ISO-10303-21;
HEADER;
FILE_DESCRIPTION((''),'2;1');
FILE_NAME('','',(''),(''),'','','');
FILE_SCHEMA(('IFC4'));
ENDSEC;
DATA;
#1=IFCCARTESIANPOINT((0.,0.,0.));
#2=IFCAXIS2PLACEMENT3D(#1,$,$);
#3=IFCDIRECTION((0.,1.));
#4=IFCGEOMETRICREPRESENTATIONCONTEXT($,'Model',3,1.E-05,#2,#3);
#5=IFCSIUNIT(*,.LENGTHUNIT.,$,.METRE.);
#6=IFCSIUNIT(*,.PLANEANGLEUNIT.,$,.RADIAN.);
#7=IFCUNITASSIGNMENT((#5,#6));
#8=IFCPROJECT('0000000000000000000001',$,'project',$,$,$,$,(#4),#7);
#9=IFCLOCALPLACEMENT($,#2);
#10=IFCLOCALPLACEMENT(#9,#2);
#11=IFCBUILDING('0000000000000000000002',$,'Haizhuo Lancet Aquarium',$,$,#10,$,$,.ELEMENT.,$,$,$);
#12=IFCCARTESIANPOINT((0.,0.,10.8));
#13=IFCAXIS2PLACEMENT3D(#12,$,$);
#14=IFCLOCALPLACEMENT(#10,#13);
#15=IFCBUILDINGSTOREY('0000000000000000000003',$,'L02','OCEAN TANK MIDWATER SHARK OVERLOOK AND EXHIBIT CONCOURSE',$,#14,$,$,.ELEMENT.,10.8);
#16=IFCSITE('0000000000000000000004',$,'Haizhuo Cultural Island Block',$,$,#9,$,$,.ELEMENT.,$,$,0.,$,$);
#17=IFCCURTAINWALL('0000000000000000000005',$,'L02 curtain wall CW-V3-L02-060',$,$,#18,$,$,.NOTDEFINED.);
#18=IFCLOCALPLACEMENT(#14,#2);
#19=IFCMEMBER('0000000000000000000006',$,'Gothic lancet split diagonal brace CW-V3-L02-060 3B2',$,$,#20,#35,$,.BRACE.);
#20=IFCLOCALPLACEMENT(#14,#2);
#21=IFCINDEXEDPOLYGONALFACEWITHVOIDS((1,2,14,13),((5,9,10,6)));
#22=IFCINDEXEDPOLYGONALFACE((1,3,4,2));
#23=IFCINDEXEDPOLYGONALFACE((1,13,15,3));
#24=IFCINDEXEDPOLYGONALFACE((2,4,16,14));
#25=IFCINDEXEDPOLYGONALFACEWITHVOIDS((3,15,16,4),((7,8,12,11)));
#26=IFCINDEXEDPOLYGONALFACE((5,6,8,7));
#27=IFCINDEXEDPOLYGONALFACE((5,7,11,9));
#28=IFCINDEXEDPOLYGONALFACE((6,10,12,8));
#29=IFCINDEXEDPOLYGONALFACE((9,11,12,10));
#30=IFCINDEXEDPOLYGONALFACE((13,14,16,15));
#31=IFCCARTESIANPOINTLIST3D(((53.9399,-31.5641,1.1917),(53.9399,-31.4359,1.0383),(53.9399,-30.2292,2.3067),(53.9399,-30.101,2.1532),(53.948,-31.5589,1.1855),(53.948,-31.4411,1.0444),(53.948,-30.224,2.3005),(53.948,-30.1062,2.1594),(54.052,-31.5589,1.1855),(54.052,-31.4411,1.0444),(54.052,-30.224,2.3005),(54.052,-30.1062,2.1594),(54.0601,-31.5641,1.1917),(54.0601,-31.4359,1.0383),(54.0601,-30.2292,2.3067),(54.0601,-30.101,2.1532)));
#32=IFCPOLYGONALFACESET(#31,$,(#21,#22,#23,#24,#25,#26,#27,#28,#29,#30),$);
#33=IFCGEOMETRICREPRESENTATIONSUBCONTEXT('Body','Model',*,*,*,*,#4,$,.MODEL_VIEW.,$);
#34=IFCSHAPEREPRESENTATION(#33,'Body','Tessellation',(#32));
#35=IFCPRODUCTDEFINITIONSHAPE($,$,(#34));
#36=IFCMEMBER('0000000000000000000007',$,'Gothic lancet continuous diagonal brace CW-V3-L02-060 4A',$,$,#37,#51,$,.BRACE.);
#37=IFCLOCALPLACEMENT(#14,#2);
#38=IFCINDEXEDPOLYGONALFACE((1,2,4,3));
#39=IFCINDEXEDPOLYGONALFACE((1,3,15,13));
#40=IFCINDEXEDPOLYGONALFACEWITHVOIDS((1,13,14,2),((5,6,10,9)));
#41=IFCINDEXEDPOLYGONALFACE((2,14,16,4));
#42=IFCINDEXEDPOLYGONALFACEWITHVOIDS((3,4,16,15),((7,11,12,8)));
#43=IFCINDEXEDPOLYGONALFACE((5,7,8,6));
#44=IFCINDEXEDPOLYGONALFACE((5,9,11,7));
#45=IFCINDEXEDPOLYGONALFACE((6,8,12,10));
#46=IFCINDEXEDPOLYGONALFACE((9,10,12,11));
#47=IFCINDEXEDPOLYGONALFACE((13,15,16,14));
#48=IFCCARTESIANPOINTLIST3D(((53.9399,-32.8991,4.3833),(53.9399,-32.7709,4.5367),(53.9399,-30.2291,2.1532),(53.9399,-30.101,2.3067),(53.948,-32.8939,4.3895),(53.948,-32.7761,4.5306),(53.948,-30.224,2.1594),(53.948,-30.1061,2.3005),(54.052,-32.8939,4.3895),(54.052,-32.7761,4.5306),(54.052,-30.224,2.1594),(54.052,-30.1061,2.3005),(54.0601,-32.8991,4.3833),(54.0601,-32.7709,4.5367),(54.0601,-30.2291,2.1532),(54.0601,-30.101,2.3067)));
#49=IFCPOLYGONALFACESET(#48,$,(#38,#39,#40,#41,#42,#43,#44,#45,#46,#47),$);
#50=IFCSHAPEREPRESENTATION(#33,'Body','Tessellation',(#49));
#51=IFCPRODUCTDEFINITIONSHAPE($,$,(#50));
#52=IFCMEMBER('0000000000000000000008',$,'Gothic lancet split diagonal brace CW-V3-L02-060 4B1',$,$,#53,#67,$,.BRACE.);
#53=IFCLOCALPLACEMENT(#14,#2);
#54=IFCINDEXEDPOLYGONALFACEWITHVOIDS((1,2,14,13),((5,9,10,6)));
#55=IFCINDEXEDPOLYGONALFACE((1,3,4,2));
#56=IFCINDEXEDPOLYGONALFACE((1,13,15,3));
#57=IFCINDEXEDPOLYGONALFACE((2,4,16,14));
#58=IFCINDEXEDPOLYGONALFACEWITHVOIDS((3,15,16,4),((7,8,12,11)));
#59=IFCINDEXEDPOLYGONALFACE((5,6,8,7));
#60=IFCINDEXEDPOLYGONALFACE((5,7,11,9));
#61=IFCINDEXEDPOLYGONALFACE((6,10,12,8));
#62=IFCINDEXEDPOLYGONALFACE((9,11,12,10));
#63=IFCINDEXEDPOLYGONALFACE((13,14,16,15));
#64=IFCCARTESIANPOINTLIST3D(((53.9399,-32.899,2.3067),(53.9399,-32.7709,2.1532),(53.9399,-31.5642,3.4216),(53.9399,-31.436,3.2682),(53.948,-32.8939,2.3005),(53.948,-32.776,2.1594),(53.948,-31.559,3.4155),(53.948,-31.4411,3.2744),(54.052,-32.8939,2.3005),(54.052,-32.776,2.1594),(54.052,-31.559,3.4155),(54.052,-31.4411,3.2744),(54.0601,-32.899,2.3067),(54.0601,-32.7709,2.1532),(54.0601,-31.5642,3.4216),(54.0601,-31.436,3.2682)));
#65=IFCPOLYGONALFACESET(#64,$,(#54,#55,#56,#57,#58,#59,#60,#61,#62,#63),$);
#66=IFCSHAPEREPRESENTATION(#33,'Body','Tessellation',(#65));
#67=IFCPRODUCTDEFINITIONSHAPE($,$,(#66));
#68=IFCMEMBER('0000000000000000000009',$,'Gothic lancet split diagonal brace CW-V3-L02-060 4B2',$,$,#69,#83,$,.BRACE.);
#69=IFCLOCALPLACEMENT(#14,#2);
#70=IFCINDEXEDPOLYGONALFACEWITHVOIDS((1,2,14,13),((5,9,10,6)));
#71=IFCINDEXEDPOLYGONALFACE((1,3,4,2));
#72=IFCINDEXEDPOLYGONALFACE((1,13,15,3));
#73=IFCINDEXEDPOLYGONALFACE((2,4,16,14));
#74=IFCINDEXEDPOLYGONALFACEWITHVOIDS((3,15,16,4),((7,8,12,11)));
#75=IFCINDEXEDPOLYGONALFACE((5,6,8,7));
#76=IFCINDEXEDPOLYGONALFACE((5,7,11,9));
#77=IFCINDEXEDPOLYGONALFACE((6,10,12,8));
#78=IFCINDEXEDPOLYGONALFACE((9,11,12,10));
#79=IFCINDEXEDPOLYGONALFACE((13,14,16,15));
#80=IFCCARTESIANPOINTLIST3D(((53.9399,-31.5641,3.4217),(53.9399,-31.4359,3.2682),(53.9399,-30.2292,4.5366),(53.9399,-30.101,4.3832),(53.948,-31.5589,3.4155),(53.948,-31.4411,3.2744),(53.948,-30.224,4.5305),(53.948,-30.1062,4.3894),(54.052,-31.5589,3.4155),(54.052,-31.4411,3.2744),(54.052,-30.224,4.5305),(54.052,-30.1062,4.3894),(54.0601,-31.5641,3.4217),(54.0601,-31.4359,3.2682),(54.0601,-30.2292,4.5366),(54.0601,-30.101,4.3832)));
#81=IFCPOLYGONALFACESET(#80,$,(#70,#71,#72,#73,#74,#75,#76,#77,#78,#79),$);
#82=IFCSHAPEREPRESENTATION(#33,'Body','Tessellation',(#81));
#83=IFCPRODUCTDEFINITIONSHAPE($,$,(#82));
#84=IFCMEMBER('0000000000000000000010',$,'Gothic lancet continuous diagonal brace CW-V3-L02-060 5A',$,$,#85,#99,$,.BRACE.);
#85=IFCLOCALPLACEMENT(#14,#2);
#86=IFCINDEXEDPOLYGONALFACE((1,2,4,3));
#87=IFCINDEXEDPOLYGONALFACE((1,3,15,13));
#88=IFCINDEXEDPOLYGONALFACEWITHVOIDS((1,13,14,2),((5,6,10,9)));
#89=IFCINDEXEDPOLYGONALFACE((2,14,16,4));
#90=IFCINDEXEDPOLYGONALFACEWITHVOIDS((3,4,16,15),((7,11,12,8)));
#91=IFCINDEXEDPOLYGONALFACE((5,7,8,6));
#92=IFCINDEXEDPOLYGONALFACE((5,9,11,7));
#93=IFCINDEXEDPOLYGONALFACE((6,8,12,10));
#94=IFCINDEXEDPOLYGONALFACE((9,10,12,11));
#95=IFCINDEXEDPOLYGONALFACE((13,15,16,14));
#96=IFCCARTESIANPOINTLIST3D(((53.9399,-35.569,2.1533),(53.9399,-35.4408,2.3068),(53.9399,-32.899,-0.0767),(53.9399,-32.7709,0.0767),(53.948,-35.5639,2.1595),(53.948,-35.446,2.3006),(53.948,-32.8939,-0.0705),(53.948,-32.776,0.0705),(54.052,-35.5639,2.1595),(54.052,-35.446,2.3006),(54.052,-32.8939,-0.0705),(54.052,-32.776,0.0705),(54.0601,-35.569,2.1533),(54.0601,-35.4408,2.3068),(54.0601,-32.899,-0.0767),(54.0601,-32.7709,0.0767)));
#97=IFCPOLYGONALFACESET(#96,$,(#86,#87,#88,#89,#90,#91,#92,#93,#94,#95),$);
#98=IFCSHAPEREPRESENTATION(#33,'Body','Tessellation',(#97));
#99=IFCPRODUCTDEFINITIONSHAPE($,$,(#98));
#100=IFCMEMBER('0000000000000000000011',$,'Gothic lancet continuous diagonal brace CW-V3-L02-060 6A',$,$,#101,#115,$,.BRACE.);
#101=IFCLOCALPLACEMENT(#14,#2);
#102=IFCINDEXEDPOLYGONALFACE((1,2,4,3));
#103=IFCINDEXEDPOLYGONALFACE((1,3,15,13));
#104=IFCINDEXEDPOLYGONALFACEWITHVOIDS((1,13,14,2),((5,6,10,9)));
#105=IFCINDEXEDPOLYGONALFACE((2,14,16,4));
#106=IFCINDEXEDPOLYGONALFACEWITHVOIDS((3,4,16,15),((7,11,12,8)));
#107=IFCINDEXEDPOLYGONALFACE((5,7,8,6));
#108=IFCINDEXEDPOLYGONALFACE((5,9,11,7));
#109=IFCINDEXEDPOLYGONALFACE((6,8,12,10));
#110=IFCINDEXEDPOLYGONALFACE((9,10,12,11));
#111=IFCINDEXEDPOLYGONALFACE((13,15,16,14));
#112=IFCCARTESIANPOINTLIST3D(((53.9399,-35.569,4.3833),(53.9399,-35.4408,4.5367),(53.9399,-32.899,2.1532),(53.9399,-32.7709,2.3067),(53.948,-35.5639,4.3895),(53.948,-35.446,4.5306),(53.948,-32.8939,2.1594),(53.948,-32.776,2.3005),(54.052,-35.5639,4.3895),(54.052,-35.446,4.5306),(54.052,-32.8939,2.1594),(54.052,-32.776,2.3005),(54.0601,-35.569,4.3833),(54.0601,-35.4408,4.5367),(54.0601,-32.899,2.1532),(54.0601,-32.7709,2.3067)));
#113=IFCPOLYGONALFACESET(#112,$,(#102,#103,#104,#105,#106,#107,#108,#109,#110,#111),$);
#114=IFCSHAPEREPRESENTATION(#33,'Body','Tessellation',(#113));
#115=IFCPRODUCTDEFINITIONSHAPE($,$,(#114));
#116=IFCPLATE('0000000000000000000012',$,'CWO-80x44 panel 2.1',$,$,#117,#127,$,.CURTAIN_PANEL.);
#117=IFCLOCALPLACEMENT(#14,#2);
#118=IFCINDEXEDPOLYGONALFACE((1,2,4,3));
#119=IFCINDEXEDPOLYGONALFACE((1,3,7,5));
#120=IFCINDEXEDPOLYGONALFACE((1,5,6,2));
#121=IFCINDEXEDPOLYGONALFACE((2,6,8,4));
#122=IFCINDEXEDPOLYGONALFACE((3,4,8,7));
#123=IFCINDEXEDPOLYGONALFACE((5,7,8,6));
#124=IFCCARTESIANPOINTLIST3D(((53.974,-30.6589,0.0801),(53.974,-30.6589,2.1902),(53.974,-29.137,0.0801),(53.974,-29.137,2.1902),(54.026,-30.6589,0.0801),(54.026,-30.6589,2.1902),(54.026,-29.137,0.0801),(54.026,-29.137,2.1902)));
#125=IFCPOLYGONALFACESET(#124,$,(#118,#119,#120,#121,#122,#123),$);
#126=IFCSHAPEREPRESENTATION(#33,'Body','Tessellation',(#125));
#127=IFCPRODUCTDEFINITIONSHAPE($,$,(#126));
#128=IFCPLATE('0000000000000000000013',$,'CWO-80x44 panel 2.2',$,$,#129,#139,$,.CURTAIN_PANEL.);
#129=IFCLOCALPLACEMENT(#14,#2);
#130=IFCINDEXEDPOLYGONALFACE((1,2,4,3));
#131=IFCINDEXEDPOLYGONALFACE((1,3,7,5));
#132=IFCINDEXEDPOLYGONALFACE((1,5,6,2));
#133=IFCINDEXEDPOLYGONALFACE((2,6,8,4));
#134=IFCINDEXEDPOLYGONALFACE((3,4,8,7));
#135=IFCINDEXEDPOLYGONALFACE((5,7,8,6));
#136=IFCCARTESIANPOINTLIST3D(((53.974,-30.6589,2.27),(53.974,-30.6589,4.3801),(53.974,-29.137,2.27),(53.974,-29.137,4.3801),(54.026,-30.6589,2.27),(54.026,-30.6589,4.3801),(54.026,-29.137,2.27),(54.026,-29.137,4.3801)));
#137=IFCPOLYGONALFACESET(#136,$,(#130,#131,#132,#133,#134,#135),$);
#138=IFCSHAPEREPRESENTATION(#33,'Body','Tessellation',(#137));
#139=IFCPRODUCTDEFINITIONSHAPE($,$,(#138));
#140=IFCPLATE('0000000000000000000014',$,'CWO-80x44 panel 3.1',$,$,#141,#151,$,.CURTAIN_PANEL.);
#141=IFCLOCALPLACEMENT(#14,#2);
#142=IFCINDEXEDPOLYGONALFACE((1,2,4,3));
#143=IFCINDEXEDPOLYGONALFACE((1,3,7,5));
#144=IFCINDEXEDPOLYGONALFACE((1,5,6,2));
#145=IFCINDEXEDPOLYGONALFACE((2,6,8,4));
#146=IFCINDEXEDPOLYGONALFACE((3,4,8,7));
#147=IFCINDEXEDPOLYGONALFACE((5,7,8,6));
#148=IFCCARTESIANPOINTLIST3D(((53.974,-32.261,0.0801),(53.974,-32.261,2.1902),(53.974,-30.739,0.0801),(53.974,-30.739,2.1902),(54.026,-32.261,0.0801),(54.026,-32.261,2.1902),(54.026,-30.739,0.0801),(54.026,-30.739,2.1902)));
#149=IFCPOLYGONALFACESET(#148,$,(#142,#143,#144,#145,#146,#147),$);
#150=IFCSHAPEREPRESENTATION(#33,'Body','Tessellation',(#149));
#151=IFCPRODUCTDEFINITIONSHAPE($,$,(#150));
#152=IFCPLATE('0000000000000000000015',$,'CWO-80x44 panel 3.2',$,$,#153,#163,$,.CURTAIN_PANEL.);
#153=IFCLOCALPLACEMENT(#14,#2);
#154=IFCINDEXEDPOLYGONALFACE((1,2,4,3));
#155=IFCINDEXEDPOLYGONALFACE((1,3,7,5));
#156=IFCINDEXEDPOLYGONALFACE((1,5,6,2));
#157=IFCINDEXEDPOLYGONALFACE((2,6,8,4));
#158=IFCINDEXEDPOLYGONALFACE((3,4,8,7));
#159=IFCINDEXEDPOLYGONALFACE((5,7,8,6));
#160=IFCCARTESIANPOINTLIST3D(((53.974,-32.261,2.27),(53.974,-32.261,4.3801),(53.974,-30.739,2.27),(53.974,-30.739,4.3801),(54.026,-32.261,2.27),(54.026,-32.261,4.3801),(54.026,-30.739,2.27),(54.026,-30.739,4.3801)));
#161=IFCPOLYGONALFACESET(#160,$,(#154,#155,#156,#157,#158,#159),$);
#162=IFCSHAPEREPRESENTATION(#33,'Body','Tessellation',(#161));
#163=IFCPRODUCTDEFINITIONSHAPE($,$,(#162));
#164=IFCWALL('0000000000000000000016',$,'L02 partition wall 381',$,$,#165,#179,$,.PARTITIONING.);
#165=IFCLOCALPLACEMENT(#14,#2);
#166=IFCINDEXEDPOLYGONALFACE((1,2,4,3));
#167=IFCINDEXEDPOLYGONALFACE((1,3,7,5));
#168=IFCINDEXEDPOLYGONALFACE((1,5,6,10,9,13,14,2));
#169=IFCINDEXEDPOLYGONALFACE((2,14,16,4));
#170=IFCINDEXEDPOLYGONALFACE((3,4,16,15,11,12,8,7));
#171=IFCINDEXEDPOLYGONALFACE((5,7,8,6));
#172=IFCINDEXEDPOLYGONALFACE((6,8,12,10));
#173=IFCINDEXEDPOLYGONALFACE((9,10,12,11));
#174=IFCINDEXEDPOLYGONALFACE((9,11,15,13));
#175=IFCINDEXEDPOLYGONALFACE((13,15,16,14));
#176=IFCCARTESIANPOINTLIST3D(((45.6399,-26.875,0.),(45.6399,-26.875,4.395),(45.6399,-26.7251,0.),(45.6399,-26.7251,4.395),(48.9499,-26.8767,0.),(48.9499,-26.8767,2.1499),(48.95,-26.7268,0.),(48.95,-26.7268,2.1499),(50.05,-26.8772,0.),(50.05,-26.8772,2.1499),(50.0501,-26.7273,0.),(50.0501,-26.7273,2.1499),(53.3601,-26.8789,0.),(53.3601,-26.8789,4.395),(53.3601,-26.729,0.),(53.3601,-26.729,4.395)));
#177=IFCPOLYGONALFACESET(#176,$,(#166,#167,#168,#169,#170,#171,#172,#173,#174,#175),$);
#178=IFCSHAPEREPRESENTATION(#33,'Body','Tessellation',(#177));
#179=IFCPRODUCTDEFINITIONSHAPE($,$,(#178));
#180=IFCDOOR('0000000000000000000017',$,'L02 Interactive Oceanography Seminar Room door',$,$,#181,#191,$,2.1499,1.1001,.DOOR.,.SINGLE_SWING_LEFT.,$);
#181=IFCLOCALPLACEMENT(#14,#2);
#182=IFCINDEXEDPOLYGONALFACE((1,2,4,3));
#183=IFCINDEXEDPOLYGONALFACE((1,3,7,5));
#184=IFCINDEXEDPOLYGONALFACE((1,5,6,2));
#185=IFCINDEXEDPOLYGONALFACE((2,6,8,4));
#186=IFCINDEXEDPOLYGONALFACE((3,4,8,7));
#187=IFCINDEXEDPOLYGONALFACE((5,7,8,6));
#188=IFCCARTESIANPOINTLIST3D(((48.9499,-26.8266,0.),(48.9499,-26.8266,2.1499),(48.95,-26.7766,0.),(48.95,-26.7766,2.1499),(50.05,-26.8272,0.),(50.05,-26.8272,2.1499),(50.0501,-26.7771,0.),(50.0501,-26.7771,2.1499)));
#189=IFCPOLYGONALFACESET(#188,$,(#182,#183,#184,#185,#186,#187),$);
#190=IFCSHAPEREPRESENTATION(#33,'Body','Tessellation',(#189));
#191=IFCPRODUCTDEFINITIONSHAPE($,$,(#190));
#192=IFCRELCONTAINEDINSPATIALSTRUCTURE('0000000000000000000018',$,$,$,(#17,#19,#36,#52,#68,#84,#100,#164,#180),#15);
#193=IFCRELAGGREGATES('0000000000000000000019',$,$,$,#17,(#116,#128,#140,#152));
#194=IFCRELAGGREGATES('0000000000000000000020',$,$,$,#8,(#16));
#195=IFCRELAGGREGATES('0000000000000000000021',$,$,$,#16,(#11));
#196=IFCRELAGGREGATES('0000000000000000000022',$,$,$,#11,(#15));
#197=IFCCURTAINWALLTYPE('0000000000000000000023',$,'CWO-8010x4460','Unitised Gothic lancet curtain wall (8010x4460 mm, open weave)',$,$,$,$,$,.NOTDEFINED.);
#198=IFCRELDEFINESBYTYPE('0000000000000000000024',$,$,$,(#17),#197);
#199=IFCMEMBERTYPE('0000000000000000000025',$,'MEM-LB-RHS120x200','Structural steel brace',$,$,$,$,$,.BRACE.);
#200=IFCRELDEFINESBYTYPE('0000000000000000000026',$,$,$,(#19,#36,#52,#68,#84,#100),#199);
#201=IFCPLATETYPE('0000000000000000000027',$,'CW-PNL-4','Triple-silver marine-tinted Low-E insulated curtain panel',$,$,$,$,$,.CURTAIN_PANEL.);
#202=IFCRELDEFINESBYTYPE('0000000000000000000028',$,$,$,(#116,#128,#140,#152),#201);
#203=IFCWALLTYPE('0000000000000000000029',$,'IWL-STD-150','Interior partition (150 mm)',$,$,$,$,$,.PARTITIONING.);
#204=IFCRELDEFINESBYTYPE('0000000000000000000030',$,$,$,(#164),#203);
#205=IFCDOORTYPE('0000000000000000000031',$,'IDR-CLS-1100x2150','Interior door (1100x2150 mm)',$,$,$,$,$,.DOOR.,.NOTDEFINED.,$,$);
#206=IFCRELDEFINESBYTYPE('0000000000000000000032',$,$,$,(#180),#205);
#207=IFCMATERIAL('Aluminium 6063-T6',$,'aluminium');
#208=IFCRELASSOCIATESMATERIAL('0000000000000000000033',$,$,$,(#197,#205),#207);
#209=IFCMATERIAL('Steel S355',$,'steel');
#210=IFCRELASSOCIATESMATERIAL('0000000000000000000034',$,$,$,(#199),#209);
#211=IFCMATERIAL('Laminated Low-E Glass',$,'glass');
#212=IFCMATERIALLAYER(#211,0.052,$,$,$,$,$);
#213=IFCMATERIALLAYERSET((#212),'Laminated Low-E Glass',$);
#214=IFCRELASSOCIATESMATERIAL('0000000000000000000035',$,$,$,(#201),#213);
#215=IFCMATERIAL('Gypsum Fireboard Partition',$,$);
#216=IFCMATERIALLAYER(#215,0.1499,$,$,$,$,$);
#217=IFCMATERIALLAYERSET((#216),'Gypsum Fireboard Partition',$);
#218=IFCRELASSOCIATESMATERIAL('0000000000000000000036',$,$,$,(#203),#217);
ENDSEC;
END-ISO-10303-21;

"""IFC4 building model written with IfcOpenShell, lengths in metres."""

from ifc_helpers import new_model, si_unit, direction, frame, frame_2d, origin, origin_2d, place, context, subcontext, project, spatial, rectangle, hollow_rectangle, extrude, material, layer, layer_set, material_profile, profile_set, type_object, element, fill, aggregate, save


model = new_model("IFC4")

# Units and contexts
model_context = context("Model", 3, precision=1e-05, world=origin(), true_north=direction((0.0, 1.0)))
body_context = subcontext(model_context, "Body", "Model", "MODEL_VIEW")
ifc_project = project(units=[si_unit("LENGTHUNIT", "METRE"), si_unit("PLANEANGLEUNIT", "RADIAN")], contexts=[model_context])

# Site, building, storey
site_placement = place(None, origin())
site = spatial("IfcSite", under=ifc_project, at=site_placement, Name="Haizhuo Cultural Island Block", CompositionType="ELEMENT", RefElevation=0.0)
building_placement = place(site_placement, origin())
building = spatial("IfcBuilding", under=site, at=building_placement, Name="Haizhuo Lancet Aquarium", CompositionType="ELEMENT")
storey_placement = place(building_placement, frame((0.0, 0.0, 10.8)))
storey = spatial("IfcBuildingStorey", under=building, at=storey_placement, Name="L02", Description="OCEAN TANK MIDWATER SHARK OVERLOOK AND EXHIBIT CONCOURSE", CompositionType="ELEMENT", Elevation=10.8)

# Curtain wall
ifc_material_1 = material(Name="Aluminium 6063-T6", Category="aluminium")
curtain_wall_type = type_object("IfcCurtainWallType", Name="CWO-8010x4460", Description="Unitised Gothic lancet curtain wall (8010x4460 mm, open weave)", PredefinedType="NOTDEFINED", material=ifc_material_1)
curtain_wall_placement = place(storey_placement, origin())
curtain_wall = element("IfcCurtainWall", 1, at=curtain_wall_placement, inside=storey, type_object=curtain_wall_type, Name="L02 curtain wall CW-V3-L02-060", PredefinedType="NOTDEFINED")

# Members
ifc_material_2 = material(Name="Steel S355", Category="steel")
ifc_material_profile_1 = material_profile(ifc_material_2, hollow_rectangle(XDim=0.1201, YDim=0.2, WallThickness=0.0081, at=origin_2d()), Name="RHS 120x200x8")
ifc_profile_set_1 = profile_set([ifc_material_profile_1], Name="Steel S355")
member_type_1 = type_object("IfcMemberType", Name="MEM-LB-RHS120x200", Description="Structural steel brace", PredefinedType="BRACE", material=ifc_profile_set_1)
member_1_placement = place(storey_placement, frame((54.0, -31.5, 1.115), z_axis=(0.0, 0.767507, 0.64104), x_axis=(-1.0, 0.0, 0.0)))
element("IfcMember", 2, at=member_1_placement, inside=storey, type_object=member_type_1, Name="Gothic lancet split diagonal brace CW-V3-L02-060 3B2", PredefinedType="BRACE", context=body_context, shape_type="SweptSolid", body=[
    extrude(hollow_rectangle(XDim=0.1201, YDim=0.2, WallThickness=0.0081, at=origin_2d()), origin(), (0.0, 0.0, 1.0), 1.7393),
])
member_2_placement = place(storey_placement, frame((54.0, -30.165, 2.23), z_axis=(0.0, -0.767507, 0.64104), x_axis=(1.0, 0.0, 0.0)))
element("IfcMember", 3, at=member_2_placement, inside=storey, type_object=member_type_1, Name="Gothic lancet continuous diagonal brace CW-V3-L02-060 4A", PredefinedType="BRACE", context=body_context, shape_type="SweptSolid", body=[
    extrude(hollow_rectangle(XDim=0.1201, YDim=0.2, WallThickness=0.0081, at=origin_2d()), origin(), (0.0, 0.0, 1.0), 3.4788),
])
for number, where, z_axis, x_axis, name in (
    (4, (54.0, -32.835, 2.23), (0.0, 0.767507, 0.64104), (-1.0, 0.0, 0.0), "Gothic lancet split diagonal brace CW-V3-L02-060 4B1"),
    (5, (54.0, -31.5, 3.345), (0.0, 0.767507, 0.64104), (-1.0, 0.0, 0.0), "Gothic lancet split diagonal brace CW-V3-L02-060 4B2"),
):
    element("IfcMember", number, at=place(storey_placement, frame(where, z_axis=z_axis, x_axis=x_axis)), inside=storey, type_object=member_type_1, Name=name, PredefinedType="BRACE", context=body_context, shape_type="SweptSolid", body=[
        extrude(hollow_rectangle(XDim=0.1201, YDim=0.2, WallThickness=0.0081, at=origin_2d()), origin(), (0.0, 0.0, 1.0), 1.7393),
    ])
for number, where, z_axis, x_axis, name in (
    (6, (54.0, -32.835, 0.0), (0.0, -0.767507, 0.64104), (1.0, 0.0, 0.0), "Gothic lancet continuous diagonal brace CW-V3-L02-060 5A"),
    (7, (54.0, -32.835, 2.23), (0.0, -0.767507, 0.64104), (1.0, 0.0, 0.0), "Gothic lancet continuous diagonal brace CW-V3-L02-060 6A"),
):
    element("IfcMember", number, at=place(storey_placement, frame(where, z_axis=z_axis, x_axis=x_axis)), inside=storey, type_object=member_type_1, Name=name, PredefinedType="BRACE", context=body_context, shape_type="SweptSolid", body=[
        extrude(hollow_rectangle(XDim=0.1201, YDim=0.2, WallThickness=0.0081, at=origin_2d()), origin(), (0.0, 0.0, 1.0), 3.4788),
    ])

# Plates
ifc_material_3 = material(Name="Laminated Low-E Glass", Category="glass")
ifc_layer_1 = layer(ifc_material_3, 0.052)
ifc_layer_set_1 = layer_set([ifc_layer_1], Name="Laminated Low-E Glass")
plate_type = type_object("IfcPlateType", Name="CW-PNL-4", Description="Triple-silver marine-tinted Low-E insulated curtain panel", PredefinedType="CURTAIN_PANEL", material=ifc_layer_set_1)
plate_1_placement = place(storey_placement, frame((54.0, -29.8979, 0.0801), z_axis=(0.0, 0.0, 1.0), x_axis=(0.0, -1.0, 0.0)))
plate_1 = element("IfcPlate", 8, at=plate_1_placement, type_object=plate_type, Name="CWO-80x44 panel 2.1", PredefinedType="CURTAIN_PANEL", context=body_context, shape_type="SweptSolid", body=[
    extrude(rectangle(XDim=1.522, YDim=0.052, at=origin_2d()), origin(), (0.0, 0.0, 1.0), 2.1101),
])
plate_2_placement = place(storey_placement, frame((54.0, -29.8979, 2.27), z_axis=(0.0, 0.0, 1.0), x_axis=(0.0, -1.0, 0.0)))
plate_2 = element("IfcPlate", 9, at=plate_2_placement, type_object=plate_type, Name="CWO-80x44 panel 2.2", PredefinedType="CURTAIN_PANEL", context=body_context, shape_type="SweptSolid", body=[
    extrude(rectangle(XDim=1.522, YDim=0.052, at=origin_2d()), origin(), (0.0, 0.0, 1.0), 2.1101),
])
plate_3_placement = place(storey_placement, frame((54.0, -31.5, 0.0801), z_axis=(0.0, 0.0, 1.0), x_axis=(0.0, -1.0, 0.0)))
plate_3 = element("IfcPlate", 10, at=plate_3_placement, type_object=plate_type, Name="CWO-80x44 panel 3.1", PredefinedType="CURTAIN_PANEL", context=body_context, shape_type="SweptSolid", body=[
    extrude(rectangle(XDim=1.522, YDim=0.052, at=origin_2d()), origin(), (0.0, 0.0, 1.0), 2.1101),
])
plate_4_placement = place(storey_placement, frame((54.0, -31.5, 2.27), z_axis=(0.0, 0.0, 1.0), x_axis=(0.0, -1.0, 0.0)))
plate_4 = element("IfcPlate", 11, at=plate_4_placement, type_object=plate_type, Name="CWO-80x44 panel 3.2", PredefinedType="CURTAIN_PANEL", context=body_context, shape_type="SweptSolid", body=[
    extrude(rectangle(XDim=1.522, YDim=0.052, at=origin_2d()), origin(), (0.0, 0.0, 1.0), 2.1101),
])
aggregate(curtain_wall, [plate_1, plate_2, plate_3, plate_4])

# Wall, opening, door
ifc_material_4 = material(Name="Gypsum Fireboard Partition")
ifc_layer_2 = layer(ifc_material_4, 0.1499)
ifc_layer_set_2 = layer_set([ifc_layer_2], Name="Gypsum Fireboard Partition")
wall_type = type_object("IfcWallType", Name="IWL-STD-150", Description="Interior partition (150 mm)", PredefinedType="PARTITIONING", material=ifc_layer_set_2)
wall_placement = place(storey_placement, frame((53.3601, -26.804, 0.0), z_axis=(0.0, 0.0, 1.0), x_axis=(-1.0, 0.000506, 0.0)))
wall = element("IfcWall", 12, at=wall_placement, inside=storey, type_object=wall_type, Name="L02 partition wall 381", PredefinedType="PARTITIONING", context=body_context, shape_type="SweptSolid", body=[
    extrude(rectangle(XDim=7.7202, YDim=0.1499, at=frame_2d((3.8601, 0.0))), origin(), (0.0, 0.0, 1.0), 4.395),
])
opening_placement = place(wall_placement, frame((3.3101, 0.0, 0.0)))
opening = element("IfcOpeningElement", 13, at=opening_placement, cuts=wall, PredefinedType="OPENING", context=body_context, shape_type="SweptSolid", body=[
    extrude(rectangle(XDim=1.1001, YDim=2.1499, at=frame_2d((0.55, 1.075))), frame((0.0, 0.085, 0.0), z_axis=(0.0, -1.0, 0.0), x_axis=(1.0, 0.0, 0.0)), (0.0, 0.0, 1.0), 0.1699),
])
door_type = type_object("IfcDoorType", Name="IDR-CLS-1100x2150", Description="Interior door (1100x2150 mm)", OperationType="NOTDEFINED", PredefinedType="DOOR", material=ifc_material_1)
door_placement = place(opening_placement, origin())
door = element("IfcDoor", 14, at=door_placement, inside=storey, type_object=door_type, Name="L02 Interactive Oceanography Seminar Room door", OperationType="SINGLE_SWING_LEFT", OverallHeight=2.1499, OverallWidth=1.1001, PredefinedType="DOOR", context=body_context, shape_type="SweptSolid", body=[
    extrude(rectangle(XDim=1.1001, YDim=2.1499, at=frame_2d((0.55, 1.075))), frame((0.0, 0.0249, 0.0), z_axis=(0.0, -1.0, 0.0), x_axis=(1.0, 0.0, 0.0)), (0.0, 0.0, 1.0), 0.05),
])
fill(opening, door)

save(model, "model.ifc")
